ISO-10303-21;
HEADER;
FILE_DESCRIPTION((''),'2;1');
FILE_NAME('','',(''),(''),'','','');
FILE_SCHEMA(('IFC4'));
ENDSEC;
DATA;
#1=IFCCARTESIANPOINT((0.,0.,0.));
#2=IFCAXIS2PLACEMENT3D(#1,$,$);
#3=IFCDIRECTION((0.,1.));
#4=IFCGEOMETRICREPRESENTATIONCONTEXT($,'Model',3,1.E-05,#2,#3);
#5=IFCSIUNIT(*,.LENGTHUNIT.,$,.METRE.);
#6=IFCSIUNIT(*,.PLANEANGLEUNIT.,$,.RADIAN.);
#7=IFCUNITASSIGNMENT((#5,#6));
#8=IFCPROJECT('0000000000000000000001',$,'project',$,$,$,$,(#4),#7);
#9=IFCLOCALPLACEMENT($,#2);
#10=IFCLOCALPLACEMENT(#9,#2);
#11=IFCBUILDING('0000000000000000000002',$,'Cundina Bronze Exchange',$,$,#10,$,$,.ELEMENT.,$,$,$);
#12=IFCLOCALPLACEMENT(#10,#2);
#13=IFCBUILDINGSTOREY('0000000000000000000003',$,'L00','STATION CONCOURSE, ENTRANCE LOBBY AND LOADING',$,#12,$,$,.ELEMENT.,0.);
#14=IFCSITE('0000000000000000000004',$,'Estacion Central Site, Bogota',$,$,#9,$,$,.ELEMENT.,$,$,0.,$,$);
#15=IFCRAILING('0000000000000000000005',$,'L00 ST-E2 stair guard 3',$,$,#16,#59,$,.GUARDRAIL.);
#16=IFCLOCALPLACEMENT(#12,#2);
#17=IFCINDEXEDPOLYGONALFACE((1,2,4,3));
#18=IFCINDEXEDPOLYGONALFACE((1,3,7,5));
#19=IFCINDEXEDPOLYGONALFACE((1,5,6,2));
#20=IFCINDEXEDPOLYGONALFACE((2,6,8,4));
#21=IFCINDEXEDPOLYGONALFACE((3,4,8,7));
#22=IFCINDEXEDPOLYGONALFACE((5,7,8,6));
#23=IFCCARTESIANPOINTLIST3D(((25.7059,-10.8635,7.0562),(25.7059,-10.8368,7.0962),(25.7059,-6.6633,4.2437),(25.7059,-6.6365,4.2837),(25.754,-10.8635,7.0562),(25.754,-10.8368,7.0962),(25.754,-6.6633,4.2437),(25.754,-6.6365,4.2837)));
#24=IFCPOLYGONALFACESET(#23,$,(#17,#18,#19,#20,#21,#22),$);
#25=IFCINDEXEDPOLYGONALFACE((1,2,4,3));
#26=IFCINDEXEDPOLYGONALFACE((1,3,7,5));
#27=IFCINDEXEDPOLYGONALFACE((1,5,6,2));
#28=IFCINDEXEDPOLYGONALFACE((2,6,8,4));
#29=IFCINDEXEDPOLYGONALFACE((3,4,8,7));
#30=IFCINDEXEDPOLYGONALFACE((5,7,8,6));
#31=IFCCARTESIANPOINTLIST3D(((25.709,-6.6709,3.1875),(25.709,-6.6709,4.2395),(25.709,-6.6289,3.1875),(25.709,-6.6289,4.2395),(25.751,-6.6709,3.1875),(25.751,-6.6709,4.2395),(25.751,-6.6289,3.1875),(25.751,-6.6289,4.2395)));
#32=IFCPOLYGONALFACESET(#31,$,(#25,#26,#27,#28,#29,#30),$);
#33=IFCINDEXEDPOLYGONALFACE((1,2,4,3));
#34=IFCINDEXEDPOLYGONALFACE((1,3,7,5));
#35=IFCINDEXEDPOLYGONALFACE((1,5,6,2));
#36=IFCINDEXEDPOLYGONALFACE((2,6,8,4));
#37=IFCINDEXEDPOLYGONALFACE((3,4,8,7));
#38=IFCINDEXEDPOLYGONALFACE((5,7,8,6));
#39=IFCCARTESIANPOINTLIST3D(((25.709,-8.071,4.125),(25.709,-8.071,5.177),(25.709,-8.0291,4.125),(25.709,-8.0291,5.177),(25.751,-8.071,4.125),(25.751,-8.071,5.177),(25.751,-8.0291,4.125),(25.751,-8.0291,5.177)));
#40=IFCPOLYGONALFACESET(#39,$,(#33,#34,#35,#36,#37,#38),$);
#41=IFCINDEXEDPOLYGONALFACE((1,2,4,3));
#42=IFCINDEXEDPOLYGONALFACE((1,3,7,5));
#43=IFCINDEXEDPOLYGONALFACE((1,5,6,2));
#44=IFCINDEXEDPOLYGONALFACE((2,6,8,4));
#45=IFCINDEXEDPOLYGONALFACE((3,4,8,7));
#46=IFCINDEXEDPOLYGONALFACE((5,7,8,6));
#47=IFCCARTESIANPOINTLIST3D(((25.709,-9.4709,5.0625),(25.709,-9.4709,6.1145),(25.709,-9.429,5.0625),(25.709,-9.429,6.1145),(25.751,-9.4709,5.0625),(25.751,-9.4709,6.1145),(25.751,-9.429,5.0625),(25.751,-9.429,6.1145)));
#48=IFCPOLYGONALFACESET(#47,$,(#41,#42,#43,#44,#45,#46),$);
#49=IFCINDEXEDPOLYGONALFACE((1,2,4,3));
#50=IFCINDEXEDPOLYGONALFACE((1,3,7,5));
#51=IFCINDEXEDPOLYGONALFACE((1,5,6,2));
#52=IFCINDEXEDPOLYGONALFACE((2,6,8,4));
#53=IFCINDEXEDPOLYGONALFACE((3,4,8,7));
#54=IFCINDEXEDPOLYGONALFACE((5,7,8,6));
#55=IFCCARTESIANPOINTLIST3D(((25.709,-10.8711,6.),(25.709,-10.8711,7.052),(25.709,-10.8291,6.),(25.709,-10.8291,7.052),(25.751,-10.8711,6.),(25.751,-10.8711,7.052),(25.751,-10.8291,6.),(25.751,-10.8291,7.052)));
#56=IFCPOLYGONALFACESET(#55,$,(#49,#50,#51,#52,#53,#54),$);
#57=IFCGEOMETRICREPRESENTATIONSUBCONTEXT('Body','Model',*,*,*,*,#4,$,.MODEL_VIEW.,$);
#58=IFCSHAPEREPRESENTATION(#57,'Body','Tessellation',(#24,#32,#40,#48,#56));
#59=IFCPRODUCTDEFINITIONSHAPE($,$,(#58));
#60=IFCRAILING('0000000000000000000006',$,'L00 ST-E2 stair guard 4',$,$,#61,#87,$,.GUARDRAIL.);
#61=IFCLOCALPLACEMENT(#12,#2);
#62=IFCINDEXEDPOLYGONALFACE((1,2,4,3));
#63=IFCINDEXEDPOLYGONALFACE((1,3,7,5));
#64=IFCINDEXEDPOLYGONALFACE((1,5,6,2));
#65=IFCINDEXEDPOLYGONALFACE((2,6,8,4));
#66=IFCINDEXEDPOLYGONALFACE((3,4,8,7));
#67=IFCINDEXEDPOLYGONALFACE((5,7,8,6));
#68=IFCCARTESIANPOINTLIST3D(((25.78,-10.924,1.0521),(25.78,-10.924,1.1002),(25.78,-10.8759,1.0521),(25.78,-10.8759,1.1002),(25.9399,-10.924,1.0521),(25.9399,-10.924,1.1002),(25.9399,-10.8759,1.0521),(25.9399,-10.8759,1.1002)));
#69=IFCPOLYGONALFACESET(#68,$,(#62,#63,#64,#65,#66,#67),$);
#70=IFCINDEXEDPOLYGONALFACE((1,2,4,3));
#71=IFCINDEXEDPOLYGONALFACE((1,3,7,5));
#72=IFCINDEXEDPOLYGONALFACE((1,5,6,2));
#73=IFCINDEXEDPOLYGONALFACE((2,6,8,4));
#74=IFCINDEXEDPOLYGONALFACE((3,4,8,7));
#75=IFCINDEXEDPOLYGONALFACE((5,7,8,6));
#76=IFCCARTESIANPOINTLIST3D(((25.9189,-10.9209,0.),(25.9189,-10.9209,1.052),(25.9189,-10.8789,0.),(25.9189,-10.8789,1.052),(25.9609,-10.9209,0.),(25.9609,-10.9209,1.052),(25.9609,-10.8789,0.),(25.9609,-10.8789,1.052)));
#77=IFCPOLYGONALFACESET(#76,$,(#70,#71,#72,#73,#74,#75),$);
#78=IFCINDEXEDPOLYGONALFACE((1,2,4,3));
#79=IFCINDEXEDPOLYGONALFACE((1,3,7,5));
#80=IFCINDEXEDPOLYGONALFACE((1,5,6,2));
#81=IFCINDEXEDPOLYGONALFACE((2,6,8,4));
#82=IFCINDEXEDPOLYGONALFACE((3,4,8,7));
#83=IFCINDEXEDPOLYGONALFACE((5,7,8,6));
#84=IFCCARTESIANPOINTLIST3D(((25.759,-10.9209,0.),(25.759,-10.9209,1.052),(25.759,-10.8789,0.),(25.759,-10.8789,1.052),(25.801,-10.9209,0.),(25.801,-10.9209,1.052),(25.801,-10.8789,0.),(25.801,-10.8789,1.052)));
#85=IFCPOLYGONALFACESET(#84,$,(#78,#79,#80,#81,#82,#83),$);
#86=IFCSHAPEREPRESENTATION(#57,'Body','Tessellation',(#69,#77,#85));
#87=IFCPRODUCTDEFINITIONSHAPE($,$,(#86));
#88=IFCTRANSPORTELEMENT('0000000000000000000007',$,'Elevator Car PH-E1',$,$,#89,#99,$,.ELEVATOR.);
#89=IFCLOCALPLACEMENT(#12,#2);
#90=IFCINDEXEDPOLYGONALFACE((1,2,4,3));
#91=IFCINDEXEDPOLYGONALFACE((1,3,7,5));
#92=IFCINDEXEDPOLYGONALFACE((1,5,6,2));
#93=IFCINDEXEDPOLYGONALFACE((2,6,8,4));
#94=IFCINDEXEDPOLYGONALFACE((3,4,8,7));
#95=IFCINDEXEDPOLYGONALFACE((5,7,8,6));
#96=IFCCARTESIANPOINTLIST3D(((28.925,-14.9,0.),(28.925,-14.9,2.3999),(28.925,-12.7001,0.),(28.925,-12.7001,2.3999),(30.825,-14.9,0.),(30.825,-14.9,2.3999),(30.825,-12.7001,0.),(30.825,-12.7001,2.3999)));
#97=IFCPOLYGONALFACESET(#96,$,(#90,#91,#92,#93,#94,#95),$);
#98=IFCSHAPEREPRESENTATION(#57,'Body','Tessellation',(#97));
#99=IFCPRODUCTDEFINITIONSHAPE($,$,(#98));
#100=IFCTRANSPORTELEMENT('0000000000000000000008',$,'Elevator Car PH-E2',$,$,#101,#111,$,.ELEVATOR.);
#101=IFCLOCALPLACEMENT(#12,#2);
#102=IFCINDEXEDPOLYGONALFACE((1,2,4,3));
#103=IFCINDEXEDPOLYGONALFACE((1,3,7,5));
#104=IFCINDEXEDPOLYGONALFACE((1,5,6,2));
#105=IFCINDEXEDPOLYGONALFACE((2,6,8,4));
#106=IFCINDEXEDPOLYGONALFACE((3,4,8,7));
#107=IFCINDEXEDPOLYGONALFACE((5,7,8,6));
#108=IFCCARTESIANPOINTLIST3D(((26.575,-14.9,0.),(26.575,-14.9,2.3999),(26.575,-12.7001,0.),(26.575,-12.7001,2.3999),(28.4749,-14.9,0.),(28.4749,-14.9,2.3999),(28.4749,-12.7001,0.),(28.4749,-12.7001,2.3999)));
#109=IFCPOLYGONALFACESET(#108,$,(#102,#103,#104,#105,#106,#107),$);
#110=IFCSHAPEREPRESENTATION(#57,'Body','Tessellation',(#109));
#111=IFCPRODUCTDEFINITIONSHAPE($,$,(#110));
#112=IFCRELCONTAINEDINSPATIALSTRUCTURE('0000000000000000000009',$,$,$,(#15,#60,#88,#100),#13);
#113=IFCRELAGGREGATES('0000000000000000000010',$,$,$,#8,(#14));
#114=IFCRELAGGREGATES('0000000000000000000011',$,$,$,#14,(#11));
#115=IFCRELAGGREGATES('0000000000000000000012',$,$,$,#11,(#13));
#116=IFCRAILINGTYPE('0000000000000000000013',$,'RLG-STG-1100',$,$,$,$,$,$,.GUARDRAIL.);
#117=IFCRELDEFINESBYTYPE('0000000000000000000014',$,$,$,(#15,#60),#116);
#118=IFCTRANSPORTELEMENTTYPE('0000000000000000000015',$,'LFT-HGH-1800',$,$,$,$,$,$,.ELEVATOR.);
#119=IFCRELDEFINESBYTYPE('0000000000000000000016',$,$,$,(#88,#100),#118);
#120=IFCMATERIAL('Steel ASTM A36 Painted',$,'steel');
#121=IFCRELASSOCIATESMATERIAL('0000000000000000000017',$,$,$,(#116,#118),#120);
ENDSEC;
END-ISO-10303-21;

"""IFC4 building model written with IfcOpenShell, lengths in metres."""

from ifc_helpers import new_model, si_unit, direction, frame, origin, origin_2d, place, context, subcontext, project, spatial, rectangle, extrude, material, type_object, element, save


model = new_model("IFC4")

# Units and contexts
model_context = context("Model", 3, precision=1e-05, world=origin(), true_north=direction((0.0, 1.0)))
body_context = subcontext(model_context, "Body", "Model", "MODEL_VIEW")
ifc_project = project(units=[si_unit("LENGTHUNIT", "METRE"), si_unit("PLANEANGLEUNIT", "RADIAN")], contexts=[model_context])

# Site, building, storey
site_placement = place(None, origin())
site = spatial("IfcSite", under=ifc_project, at=site_placement, Name="Estacion Central Site, Bogota", CompositionType="ELEMENT", RefElevation=0.0)
building_placement = place(site_placement, origin())
building = spatial("IfcBuilding", under=site, at=building_placement, Name="Cundina Bronze Exchange", CompositionType="ELEMENT")
storey_placement = place(building_placement, origin())
storey = spatial("IfcBuildingStorey", under=building, at=storey_placement, Name="L00", Description="STATION CONCOURSE, ENTRANCE LOBBY AND LOADING", CompositionType="ELEMENT", Elevation=0.0)

# Shared definitions
ifc_material_1 = material(Name="Steel ASTM A36 Painted", Category="steel")

# Railings
railing_type_1 = type_object("IfcRailingType", Name="RLG-STG-1100", PredefinedType="GUARDRAIL", material=ifc_material_1)
railing_1_placement = place(storey_placement, frame((25.73, -6.6499, 3.1875)))
element("IfcRailing", 1, at=railing_1_placement, inside=storey, type_object=railing_type_1, Name="L00 ST-E2 stair guard 3", PredefinedType="GUARDRAIL", context=body_context, shape_type="SweptSolid", body=[
    extrude(rectangle(XDim=0.0481, YDim=0.0481, at=origin_2d()), frame((0.0, 0.0, 1.0762), z_axis=(0.0, -0.830919, 0.556393), x_axis=(1.0, 0.0, 0.0)), (0.0, 0.0, 1.0), 5.0549),
    extrude(rectangle(XDim=0.042, YDim=0.042, at=origin_2d()), origin(), (0.0, 0.0, 1.0), 1.052),
    extrude(rectangle(XDim=0.042, YDim=0.042, at=origin_2d()), frame((0.0, -1.4001, 0.9375)), (0.0, 0.0, 1.0), 1.052),
    extrude(rectangle(XDim=0.042, YDim=0.042, at=origin_2d()), frame((0.0, -2.8, 1.875)), (0.0, 0.0, 1.0), 1.052),
    extrude(rectangle(XDim=0.042, YDim=0.042, at=origin_2d()), frame((0.0, -4.2002, 2.8125)), (0.0, 0.0, 1.0), 1.052),
])
railing_2_placement = place(storey_placement, frame((25.9399, -10.8999, 0.0)))
element("IfcRailing", 2, at=railing_2_placement, inside=storey, type_object=railing_type_1, Name="L00 ST-E2 stair guard 4", PredefinedType="GUARDRAIL", context=body_context, shape_type="SweptSolid", body=[
    extrude(rectangle(XDim=0.0481, YDim=0.0481, at=origin_2d()), frame((0.0, 0.0, 1.0762), z_axis=(-1.0, 0.0, 0.0), x_axis=(0.0, -1.0, 0.0)), (0.0, 0.0, 1.0), 0.1599),
    extrude(rectangle(XDim=0.042, YDim=0.042, at=origin_2d()), origin(), (0.0, 0.0, 1.0), 1.052),
    extrude(rectangle(XDim=0.042, YDim=0.042, at=origin_2d()), frame((-0.1599, 0.0, 0.0)), (0.0, 0.0, 1.0), 1.052),
])

# Transport elements
transport_element_type = type_object("IfcTransportElementType", Name="LFT-HGH-1800", PredefinedType="ELEVATOR", material=ifc_material_1)
for number, where, z_axis, x_axis, name in (
    (3, (29.875, -13.8, 0.0), (0.0, 0.0, 1.0), (1.0, 0.0, 0.0), "Elevator Car PH-E1"),
    (4, (27.5249, -13.8, 0.0), (0.0, 0.0, 1.0), (1.0, 0.0, 0.0), "Elevator Car PH-E2"),
):
    element("IfcTransportElement", number, at=place(storey_placement, frame(where, z_axis=z_axis, x_axis=x_axis)), inside=storey, type_object=transport_element_type, Name=name, PredefinedType="ELEVATOR", context=body_context, shape_type="SweptSolid", body=[
        extrude(rectangle(XDim=1.8999, YDim=2.2, at=origin_2d()), origin(), (0.0, 0.0, 1.0), 2.3999),
    ])

save(model, "model.ifc")
